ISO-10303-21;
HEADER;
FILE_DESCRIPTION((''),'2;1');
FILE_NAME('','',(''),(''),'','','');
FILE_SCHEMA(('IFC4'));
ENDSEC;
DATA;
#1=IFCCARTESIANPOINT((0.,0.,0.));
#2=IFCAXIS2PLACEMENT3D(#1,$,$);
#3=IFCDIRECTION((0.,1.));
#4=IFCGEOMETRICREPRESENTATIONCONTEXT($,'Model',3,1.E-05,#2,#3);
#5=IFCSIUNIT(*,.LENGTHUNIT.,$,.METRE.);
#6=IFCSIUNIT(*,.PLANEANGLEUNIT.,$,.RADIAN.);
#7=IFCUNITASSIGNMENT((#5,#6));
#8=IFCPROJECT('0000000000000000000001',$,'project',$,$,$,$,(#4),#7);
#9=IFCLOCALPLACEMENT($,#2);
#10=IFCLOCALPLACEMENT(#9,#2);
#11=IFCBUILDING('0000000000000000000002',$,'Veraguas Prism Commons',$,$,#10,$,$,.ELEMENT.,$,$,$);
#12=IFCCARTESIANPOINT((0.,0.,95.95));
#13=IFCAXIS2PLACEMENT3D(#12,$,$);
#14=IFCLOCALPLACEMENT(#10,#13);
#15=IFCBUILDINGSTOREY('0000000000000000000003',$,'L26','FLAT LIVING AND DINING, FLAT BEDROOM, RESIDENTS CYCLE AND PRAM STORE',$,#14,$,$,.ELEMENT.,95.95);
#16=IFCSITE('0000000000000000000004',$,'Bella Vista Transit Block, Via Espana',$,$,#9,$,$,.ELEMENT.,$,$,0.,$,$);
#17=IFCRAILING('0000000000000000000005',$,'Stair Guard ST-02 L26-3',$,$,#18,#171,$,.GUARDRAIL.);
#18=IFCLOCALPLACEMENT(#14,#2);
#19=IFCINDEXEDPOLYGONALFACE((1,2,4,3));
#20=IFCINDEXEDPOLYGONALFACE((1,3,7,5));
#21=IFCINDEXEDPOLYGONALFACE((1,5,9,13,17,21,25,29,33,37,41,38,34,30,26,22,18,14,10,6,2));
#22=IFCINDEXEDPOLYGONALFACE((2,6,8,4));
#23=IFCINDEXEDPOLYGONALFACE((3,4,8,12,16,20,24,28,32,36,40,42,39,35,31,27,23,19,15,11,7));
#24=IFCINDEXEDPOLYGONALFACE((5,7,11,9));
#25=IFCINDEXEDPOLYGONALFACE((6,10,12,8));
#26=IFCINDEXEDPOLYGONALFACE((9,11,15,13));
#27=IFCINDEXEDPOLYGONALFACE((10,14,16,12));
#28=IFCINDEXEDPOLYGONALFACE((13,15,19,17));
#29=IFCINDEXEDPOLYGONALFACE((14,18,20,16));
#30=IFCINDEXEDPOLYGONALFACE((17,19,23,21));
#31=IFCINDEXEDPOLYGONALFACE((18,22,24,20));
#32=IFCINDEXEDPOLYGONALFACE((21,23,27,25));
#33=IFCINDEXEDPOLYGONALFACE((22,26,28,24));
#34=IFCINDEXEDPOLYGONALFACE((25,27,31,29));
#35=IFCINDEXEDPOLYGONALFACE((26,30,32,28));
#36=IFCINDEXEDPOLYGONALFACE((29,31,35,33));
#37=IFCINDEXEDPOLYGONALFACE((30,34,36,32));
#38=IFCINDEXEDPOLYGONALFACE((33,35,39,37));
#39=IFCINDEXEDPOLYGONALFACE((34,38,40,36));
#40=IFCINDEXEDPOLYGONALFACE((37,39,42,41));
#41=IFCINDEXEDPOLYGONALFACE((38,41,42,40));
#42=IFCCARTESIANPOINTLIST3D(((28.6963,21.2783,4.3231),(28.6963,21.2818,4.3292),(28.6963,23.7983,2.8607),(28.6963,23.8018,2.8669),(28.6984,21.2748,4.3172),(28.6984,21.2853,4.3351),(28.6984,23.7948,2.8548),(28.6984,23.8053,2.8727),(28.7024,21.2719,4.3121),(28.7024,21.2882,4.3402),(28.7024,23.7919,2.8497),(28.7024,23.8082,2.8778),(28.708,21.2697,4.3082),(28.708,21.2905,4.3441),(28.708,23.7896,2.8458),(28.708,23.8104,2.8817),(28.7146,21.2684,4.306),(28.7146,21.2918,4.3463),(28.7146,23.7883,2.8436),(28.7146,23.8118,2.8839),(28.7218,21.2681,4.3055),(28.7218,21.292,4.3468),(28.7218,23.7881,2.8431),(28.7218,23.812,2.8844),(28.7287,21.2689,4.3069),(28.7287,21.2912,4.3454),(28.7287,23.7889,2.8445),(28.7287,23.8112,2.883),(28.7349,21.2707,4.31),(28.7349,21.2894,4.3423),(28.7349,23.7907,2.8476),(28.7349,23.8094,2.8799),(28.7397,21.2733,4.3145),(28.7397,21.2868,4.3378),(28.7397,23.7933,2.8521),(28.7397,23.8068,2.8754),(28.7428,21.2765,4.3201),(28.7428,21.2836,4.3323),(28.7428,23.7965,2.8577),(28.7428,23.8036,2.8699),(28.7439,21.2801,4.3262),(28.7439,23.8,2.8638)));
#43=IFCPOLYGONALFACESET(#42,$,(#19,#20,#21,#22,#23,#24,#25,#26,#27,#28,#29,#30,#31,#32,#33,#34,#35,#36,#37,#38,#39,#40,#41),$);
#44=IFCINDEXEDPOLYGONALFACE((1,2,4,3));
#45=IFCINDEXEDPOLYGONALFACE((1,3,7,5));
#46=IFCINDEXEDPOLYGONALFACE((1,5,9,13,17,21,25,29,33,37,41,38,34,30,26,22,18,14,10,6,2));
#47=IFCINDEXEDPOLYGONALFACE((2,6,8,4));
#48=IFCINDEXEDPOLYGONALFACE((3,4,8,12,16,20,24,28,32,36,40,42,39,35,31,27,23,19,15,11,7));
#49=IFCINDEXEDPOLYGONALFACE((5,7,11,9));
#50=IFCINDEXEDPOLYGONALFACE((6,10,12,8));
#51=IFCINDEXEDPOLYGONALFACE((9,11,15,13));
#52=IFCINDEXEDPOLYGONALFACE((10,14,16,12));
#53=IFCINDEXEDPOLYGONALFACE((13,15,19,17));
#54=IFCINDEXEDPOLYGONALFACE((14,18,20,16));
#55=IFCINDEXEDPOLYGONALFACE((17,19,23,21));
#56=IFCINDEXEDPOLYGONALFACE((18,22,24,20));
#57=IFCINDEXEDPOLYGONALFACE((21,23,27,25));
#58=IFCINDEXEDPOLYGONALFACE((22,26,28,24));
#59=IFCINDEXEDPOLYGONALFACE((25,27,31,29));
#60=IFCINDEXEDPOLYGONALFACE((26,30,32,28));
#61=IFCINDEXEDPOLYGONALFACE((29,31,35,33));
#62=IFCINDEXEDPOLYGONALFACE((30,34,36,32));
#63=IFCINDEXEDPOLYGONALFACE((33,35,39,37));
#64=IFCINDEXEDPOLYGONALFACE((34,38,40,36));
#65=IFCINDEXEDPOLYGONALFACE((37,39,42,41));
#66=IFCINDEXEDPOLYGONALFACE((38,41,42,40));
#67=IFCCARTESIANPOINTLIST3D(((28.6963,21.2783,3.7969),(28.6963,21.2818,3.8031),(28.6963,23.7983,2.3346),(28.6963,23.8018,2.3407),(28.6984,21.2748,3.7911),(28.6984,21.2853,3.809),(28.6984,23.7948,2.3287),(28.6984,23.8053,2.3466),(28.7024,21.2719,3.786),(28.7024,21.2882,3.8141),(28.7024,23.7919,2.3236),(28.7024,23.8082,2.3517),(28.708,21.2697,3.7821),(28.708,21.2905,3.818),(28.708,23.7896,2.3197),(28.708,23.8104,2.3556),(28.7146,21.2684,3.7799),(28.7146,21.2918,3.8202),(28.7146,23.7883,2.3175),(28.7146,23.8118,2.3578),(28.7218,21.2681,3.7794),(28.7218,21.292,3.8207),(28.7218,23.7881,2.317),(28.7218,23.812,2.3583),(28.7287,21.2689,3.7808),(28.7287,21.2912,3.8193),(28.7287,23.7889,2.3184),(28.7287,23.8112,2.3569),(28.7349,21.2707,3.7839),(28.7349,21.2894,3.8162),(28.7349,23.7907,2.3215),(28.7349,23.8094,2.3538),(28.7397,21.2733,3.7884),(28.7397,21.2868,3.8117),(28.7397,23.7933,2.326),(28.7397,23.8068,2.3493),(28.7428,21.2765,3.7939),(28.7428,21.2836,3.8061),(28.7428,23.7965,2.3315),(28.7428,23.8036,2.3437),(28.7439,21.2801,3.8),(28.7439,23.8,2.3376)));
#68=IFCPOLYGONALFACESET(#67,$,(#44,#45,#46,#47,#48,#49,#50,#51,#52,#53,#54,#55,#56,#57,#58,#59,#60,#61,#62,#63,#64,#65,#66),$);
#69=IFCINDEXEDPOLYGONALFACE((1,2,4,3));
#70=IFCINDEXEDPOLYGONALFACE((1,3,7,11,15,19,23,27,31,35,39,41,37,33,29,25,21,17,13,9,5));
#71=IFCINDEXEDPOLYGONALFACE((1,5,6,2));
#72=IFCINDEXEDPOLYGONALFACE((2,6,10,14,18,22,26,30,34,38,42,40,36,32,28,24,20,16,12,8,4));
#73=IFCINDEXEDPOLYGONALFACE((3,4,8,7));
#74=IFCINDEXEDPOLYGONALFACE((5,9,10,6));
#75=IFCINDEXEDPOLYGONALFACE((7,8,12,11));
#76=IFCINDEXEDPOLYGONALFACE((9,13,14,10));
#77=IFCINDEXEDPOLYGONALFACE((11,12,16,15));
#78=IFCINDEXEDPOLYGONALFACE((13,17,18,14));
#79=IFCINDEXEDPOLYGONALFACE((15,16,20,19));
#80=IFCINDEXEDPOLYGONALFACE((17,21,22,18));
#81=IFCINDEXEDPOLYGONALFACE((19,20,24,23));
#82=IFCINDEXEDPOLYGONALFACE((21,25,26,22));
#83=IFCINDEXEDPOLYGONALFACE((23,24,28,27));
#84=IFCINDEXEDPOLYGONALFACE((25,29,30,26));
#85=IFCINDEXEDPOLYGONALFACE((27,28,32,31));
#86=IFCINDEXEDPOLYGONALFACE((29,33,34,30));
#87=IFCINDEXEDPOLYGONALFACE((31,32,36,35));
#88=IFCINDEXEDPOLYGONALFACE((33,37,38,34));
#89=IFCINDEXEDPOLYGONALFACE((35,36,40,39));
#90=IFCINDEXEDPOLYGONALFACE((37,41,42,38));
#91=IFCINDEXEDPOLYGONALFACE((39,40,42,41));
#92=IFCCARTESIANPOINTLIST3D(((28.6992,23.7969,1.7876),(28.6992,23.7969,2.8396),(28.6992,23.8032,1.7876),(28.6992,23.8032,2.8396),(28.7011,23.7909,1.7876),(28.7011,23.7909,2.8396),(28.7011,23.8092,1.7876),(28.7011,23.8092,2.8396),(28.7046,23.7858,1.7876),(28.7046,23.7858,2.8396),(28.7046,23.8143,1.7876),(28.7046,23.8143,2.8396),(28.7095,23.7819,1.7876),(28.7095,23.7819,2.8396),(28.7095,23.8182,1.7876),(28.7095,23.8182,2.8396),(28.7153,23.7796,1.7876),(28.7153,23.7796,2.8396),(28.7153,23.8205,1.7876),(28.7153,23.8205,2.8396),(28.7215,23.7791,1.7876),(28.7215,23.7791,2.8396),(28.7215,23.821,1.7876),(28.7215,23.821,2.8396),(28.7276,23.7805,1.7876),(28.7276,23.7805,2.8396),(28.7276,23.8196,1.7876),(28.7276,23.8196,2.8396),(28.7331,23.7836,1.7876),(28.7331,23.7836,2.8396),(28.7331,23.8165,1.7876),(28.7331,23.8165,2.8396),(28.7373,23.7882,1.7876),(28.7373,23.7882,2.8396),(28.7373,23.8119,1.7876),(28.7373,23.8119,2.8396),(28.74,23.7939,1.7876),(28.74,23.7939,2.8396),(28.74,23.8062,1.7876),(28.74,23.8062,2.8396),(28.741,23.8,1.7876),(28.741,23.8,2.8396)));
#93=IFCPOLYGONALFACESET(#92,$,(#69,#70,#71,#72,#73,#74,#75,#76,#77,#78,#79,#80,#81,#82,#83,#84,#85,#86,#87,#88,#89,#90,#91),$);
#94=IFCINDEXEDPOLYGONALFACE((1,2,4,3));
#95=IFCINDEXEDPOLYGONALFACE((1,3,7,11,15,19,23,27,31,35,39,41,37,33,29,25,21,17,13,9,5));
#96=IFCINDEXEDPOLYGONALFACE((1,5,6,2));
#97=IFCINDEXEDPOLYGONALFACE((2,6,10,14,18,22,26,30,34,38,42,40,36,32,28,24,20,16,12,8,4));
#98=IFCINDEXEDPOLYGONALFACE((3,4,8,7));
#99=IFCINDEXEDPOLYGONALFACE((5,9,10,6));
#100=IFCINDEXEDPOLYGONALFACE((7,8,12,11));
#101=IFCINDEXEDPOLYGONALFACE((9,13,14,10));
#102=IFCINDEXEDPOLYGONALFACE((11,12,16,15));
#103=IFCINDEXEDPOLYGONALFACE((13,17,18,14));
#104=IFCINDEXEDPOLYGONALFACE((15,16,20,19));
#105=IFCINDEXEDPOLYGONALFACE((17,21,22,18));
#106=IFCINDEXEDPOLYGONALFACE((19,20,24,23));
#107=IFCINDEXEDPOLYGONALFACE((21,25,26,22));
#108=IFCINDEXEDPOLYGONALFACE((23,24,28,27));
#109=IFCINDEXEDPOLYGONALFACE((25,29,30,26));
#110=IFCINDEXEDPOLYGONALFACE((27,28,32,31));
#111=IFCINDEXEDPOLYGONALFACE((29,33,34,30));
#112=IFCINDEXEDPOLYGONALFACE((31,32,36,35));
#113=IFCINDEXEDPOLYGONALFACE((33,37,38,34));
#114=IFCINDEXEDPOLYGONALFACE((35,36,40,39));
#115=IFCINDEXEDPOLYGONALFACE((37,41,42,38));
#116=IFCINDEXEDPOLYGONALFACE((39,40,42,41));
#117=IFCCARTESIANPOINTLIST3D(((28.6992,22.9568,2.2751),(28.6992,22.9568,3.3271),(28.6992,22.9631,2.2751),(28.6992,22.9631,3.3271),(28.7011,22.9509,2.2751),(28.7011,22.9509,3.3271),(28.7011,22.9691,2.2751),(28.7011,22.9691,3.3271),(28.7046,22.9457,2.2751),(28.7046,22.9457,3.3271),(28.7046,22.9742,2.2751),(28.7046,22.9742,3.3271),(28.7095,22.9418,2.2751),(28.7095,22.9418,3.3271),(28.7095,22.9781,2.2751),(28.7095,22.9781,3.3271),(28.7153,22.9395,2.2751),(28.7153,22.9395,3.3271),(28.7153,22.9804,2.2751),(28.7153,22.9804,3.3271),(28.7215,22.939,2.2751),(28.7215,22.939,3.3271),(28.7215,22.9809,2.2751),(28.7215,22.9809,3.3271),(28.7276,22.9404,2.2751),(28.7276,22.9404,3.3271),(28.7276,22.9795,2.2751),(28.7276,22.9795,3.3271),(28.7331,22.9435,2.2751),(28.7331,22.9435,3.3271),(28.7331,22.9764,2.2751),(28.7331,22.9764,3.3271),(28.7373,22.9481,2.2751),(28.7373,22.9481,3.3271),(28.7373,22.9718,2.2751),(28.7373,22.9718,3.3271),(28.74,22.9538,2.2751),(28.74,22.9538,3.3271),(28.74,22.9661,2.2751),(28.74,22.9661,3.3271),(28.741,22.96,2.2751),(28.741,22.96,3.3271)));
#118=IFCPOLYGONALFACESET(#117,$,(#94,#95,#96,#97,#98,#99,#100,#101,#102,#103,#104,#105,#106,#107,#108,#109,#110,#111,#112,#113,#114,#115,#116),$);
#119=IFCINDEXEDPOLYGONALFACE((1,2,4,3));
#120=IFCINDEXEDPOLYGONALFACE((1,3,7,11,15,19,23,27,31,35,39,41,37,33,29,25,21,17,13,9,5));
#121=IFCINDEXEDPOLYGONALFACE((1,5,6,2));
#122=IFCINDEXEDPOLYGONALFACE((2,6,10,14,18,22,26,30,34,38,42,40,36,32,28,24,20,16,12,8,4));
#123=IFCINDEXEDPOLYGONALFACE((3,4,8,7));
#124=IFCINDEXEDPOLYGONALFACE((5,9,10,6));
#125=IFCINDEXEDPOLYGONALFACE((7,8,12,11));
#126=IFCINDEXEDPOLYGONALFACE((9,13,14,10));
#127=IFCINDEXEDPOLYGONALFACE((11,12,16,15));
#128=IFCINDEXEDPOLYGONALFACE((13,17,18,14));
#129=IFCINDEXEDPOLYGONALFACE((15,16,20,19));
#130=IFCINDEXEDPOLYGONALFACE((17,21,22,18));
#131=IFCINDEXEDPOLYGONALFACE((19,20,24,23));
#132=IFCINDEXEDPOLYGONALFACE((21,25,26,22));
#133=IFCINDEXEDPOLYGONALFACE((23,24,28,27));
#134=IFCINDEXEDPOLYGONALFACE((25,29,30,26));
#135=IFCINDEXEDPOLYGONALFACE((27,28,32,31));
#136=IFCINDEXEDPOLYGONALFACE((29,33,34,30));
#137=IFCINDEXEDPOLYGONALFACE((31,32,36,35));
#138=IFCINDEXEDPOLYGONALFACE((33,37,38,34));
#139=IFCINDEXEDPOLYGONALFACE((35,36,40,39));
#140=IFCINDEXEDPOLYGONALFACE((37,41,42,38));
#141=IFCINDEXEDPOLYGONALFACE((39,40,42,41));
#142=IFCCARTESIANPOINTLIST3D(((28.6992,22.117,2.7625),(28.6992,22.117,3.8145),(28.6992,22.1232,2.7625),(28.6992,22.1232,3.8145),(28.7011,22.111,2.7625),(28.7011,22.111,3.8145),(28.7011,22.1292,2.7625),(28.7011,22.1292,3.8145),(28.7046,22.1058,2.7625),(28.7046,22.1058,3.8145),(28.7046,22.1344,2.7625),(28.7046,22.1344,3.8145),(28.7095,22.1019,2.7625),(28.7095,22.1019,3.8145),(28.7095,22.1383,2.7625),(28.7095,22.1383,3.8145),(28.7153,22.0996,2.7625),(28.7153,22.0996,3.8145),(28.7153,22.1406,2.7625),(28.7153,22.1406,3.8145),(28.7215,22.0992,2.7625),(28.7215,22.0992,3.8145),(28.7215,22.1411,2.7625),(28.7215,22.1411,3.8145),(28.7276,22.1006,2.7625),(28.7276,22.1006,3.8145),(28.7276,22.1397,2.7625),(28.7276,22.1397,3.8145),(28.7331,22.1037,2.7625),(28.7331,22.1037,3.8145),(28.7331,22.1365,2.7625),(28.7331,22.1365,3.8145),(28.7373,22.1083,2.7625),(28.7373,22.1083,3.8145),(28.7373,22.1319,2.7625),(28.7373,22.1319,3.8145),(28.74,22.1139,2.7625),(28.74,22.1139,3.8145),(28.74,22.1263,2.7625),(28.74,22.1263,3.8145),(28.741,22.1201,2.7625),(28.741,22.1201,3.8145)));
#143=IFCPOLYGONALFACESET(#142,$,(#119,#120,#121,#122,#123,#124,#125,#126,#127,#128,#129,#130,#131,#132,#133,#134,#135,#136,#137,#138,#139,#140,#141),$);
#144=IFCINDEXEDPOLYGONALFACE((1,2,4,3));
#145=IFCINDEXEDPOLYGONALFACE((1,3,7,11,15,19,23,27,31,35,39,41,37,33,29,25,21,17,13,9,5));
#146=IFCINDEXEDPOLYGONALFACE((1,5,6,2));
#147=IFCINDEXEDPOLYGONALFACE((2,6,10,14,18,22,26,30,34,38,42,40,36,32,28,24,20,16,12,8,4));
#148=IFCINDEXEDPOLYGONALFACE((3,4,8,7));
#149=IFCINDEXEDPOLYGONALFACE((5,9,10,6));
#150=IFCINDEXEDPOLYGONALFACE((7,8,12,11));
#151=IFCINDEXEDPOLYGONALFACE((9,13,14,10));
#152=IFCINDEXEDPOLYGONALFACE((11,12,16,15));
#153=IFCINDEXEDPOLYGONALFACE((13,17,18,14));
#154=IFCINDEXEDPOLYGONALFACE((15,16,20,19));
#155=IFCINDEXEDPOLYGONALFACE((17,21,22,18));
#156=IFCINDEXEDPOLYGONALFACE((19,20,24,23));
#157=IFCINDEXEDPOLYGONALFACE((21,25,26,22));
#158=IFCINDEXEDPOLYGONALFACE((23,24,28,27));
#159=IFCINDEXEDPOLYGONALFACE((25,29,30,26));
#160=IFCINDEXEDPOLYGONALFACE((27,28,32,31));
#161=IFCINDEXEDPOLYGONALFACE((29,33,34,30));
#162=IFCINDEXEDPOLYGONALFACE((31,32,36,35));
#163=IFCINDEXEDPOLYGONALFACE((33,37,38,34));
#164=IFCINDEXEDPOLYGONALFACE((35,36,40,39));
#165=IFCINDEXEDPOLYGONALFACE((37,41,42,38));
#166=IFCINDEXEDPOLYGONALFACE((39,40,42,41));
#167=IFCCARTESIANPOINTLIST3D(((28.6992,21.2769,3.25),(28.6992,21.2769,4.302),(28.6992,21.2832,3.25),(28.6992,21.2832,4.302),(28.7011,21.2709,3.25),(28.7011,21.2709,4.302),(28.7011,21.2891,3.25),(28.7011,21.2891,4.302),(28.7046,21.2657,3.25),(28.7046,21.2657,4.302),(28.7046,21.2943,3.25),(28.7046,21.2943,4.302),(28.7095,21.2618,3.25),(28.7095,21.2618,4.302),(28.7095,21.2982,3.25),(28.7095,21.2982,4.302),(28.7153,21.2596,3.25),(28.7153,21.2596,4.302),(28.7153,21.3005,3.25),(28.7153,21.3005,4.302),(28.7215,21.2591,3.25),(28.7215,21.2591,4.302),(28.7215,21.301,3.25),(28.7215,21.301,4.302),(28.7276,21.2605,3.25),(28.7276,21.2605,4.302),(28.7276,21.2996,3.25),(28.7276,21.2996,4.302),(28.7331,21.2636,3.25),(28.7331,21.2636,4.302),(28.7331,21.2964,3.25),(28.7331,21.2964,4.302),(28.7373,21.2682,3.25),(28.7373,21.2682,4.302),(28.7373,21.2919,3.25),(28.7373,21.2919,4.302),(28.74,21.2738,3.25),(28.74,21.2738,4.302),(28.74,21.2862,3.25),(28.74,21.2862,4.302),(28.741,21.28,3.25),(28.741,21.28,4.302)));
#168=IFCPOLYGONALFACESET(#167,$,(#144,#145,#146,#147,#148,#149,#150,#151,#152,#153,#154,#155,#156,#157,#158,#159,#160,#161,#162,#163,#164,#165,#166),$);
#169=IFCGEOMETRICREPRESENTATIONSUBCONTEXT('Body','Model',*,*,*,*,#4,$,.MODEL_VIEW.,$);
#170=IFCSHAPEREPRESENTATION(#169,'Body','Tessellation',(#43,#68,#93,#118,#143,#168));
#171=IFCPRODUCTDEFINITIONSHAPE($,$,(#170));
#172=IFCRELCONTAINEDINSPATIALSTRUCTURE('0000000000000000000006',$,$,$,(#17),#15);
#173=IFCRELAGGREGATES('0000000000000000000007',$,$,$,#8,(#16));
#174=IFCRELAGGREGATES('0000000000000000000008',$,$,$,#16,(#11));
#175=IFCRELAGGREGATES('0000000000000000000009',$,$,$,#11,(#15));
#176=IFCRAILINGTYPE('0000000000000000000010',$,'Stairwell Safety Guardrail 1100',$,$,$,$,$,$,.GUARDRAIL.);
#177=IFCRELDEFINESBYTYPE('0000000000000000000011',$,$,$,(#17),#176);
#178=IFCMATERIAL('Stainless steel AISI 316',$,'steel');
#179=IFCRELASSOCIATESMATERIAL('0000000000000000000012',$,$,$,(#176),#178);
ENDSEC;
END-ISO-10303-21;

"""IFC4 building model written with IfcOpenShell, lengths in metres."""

from ifc_helpers import new_model, si_unit, direction, frame, origin, origin_2d, place, context, subcontext, project, spatial, circle, extrude, material, type_object, element, save


model = new_model("IFC4")

# Units and contexts
model_context = context("Model", 3, precision=1e-05, world=origin(), true_north=direction((0.0, 1.0)))
body_context = subcontext(model_context, "Body", "Model", "MODEL_VIEW")
ifc_project = project(units=[si_unit("LENGTHUNIT", "METRE"), si_unit("PLANEANGLEUNIT", "RADIAN")], contexts=[model_context])

# Site, building, storey
site_placement = place(None, origin())
site = spatial("IfcSite", under=ifc_project, at=site_placement, Name="Bella Vista Transit Block, Via Espana", CompositionType="ELEMENT", RefElevation=0.0)
building_placement = place(site_placement, origin())
building = spatial("IfcBuilding", under=site, at=building_placement, Name="Veraguas Prism Commons", CompositionType="ELEMENT")
storey_placement = place(building_placement, frame((0.0, 0.0, 95.95)))
storey = spatial("IfcBuildingStorey", under=building, at=storey_placement, Name="L26", Description="FLAT LIVING AND DINING, FLAT BEDROOM, RESIDENTS CYCLE AND PRAM STORE", CompositionType="ELEMENT", Elevation=95.95)

# Shared definitions
ifc_material_1 = material(Name="Stainless steel AISI 316", Category="steel")

# Railing
railing_type_1 = type_object("IfcRailingType", Name="Stairwell Safety Guardrail 1100", PredefinedType="GUARDRAIL", material=ifc_material_1)
railing_1_placement = place(storey_placement, frame((28.72, 23.8, 1.7876)))
element("IfcRailing", 1, at=railing_1_placement, inside=storey, type_object=railing_type_1, Name="Stair Guard ST-02 L26-3", PredefinedType="GUARDRAIL", context=body_context, shape_type="SweptSolid", body=[
    extrude(circle(Radius=0.0239, at=origin_2d()), frame((0.0, 0.0, 1.0762), z_axis=(0.0, -0.864913, 0.501921), x_axis=(1.0, 0.0, 0.0)), (0.0, 0.0, 1.0), 2.9136),
    extrude(circle(Radius=0.0239, at=origin_2d()), frame((0.0, 0.0, 0.55), z_axis=(0.0, -0.864913, 0.501921), x_axis=(1.0, 0.0, 0.0)), (0.0, 0.0, 1.0), 2.9136),
    extrude(circle(Radius=0.021, at=origin_2d()), origin(), (0.0, 0.0, 1.0), 1.052),
    extrude(circle(Radius=0.021, at=origin_2d()), frame((0.0, -0.8401, 0.4875)), (0.0, 0.0, 1.0), 1.052),
    extrude(circle(Radius=0.021, at=origin_2d()), frame((0.0, -1.6799, 0.9749)), (0.0, 0.0, 1.0), 1.052),
    extrude(circle(Radius=0.021, at=origin_2d()), frame((0.0, -2.52, 1.4624)), (0.0, 0.0, 1.0), 1.052),
])

save(model, "model.ifc")
